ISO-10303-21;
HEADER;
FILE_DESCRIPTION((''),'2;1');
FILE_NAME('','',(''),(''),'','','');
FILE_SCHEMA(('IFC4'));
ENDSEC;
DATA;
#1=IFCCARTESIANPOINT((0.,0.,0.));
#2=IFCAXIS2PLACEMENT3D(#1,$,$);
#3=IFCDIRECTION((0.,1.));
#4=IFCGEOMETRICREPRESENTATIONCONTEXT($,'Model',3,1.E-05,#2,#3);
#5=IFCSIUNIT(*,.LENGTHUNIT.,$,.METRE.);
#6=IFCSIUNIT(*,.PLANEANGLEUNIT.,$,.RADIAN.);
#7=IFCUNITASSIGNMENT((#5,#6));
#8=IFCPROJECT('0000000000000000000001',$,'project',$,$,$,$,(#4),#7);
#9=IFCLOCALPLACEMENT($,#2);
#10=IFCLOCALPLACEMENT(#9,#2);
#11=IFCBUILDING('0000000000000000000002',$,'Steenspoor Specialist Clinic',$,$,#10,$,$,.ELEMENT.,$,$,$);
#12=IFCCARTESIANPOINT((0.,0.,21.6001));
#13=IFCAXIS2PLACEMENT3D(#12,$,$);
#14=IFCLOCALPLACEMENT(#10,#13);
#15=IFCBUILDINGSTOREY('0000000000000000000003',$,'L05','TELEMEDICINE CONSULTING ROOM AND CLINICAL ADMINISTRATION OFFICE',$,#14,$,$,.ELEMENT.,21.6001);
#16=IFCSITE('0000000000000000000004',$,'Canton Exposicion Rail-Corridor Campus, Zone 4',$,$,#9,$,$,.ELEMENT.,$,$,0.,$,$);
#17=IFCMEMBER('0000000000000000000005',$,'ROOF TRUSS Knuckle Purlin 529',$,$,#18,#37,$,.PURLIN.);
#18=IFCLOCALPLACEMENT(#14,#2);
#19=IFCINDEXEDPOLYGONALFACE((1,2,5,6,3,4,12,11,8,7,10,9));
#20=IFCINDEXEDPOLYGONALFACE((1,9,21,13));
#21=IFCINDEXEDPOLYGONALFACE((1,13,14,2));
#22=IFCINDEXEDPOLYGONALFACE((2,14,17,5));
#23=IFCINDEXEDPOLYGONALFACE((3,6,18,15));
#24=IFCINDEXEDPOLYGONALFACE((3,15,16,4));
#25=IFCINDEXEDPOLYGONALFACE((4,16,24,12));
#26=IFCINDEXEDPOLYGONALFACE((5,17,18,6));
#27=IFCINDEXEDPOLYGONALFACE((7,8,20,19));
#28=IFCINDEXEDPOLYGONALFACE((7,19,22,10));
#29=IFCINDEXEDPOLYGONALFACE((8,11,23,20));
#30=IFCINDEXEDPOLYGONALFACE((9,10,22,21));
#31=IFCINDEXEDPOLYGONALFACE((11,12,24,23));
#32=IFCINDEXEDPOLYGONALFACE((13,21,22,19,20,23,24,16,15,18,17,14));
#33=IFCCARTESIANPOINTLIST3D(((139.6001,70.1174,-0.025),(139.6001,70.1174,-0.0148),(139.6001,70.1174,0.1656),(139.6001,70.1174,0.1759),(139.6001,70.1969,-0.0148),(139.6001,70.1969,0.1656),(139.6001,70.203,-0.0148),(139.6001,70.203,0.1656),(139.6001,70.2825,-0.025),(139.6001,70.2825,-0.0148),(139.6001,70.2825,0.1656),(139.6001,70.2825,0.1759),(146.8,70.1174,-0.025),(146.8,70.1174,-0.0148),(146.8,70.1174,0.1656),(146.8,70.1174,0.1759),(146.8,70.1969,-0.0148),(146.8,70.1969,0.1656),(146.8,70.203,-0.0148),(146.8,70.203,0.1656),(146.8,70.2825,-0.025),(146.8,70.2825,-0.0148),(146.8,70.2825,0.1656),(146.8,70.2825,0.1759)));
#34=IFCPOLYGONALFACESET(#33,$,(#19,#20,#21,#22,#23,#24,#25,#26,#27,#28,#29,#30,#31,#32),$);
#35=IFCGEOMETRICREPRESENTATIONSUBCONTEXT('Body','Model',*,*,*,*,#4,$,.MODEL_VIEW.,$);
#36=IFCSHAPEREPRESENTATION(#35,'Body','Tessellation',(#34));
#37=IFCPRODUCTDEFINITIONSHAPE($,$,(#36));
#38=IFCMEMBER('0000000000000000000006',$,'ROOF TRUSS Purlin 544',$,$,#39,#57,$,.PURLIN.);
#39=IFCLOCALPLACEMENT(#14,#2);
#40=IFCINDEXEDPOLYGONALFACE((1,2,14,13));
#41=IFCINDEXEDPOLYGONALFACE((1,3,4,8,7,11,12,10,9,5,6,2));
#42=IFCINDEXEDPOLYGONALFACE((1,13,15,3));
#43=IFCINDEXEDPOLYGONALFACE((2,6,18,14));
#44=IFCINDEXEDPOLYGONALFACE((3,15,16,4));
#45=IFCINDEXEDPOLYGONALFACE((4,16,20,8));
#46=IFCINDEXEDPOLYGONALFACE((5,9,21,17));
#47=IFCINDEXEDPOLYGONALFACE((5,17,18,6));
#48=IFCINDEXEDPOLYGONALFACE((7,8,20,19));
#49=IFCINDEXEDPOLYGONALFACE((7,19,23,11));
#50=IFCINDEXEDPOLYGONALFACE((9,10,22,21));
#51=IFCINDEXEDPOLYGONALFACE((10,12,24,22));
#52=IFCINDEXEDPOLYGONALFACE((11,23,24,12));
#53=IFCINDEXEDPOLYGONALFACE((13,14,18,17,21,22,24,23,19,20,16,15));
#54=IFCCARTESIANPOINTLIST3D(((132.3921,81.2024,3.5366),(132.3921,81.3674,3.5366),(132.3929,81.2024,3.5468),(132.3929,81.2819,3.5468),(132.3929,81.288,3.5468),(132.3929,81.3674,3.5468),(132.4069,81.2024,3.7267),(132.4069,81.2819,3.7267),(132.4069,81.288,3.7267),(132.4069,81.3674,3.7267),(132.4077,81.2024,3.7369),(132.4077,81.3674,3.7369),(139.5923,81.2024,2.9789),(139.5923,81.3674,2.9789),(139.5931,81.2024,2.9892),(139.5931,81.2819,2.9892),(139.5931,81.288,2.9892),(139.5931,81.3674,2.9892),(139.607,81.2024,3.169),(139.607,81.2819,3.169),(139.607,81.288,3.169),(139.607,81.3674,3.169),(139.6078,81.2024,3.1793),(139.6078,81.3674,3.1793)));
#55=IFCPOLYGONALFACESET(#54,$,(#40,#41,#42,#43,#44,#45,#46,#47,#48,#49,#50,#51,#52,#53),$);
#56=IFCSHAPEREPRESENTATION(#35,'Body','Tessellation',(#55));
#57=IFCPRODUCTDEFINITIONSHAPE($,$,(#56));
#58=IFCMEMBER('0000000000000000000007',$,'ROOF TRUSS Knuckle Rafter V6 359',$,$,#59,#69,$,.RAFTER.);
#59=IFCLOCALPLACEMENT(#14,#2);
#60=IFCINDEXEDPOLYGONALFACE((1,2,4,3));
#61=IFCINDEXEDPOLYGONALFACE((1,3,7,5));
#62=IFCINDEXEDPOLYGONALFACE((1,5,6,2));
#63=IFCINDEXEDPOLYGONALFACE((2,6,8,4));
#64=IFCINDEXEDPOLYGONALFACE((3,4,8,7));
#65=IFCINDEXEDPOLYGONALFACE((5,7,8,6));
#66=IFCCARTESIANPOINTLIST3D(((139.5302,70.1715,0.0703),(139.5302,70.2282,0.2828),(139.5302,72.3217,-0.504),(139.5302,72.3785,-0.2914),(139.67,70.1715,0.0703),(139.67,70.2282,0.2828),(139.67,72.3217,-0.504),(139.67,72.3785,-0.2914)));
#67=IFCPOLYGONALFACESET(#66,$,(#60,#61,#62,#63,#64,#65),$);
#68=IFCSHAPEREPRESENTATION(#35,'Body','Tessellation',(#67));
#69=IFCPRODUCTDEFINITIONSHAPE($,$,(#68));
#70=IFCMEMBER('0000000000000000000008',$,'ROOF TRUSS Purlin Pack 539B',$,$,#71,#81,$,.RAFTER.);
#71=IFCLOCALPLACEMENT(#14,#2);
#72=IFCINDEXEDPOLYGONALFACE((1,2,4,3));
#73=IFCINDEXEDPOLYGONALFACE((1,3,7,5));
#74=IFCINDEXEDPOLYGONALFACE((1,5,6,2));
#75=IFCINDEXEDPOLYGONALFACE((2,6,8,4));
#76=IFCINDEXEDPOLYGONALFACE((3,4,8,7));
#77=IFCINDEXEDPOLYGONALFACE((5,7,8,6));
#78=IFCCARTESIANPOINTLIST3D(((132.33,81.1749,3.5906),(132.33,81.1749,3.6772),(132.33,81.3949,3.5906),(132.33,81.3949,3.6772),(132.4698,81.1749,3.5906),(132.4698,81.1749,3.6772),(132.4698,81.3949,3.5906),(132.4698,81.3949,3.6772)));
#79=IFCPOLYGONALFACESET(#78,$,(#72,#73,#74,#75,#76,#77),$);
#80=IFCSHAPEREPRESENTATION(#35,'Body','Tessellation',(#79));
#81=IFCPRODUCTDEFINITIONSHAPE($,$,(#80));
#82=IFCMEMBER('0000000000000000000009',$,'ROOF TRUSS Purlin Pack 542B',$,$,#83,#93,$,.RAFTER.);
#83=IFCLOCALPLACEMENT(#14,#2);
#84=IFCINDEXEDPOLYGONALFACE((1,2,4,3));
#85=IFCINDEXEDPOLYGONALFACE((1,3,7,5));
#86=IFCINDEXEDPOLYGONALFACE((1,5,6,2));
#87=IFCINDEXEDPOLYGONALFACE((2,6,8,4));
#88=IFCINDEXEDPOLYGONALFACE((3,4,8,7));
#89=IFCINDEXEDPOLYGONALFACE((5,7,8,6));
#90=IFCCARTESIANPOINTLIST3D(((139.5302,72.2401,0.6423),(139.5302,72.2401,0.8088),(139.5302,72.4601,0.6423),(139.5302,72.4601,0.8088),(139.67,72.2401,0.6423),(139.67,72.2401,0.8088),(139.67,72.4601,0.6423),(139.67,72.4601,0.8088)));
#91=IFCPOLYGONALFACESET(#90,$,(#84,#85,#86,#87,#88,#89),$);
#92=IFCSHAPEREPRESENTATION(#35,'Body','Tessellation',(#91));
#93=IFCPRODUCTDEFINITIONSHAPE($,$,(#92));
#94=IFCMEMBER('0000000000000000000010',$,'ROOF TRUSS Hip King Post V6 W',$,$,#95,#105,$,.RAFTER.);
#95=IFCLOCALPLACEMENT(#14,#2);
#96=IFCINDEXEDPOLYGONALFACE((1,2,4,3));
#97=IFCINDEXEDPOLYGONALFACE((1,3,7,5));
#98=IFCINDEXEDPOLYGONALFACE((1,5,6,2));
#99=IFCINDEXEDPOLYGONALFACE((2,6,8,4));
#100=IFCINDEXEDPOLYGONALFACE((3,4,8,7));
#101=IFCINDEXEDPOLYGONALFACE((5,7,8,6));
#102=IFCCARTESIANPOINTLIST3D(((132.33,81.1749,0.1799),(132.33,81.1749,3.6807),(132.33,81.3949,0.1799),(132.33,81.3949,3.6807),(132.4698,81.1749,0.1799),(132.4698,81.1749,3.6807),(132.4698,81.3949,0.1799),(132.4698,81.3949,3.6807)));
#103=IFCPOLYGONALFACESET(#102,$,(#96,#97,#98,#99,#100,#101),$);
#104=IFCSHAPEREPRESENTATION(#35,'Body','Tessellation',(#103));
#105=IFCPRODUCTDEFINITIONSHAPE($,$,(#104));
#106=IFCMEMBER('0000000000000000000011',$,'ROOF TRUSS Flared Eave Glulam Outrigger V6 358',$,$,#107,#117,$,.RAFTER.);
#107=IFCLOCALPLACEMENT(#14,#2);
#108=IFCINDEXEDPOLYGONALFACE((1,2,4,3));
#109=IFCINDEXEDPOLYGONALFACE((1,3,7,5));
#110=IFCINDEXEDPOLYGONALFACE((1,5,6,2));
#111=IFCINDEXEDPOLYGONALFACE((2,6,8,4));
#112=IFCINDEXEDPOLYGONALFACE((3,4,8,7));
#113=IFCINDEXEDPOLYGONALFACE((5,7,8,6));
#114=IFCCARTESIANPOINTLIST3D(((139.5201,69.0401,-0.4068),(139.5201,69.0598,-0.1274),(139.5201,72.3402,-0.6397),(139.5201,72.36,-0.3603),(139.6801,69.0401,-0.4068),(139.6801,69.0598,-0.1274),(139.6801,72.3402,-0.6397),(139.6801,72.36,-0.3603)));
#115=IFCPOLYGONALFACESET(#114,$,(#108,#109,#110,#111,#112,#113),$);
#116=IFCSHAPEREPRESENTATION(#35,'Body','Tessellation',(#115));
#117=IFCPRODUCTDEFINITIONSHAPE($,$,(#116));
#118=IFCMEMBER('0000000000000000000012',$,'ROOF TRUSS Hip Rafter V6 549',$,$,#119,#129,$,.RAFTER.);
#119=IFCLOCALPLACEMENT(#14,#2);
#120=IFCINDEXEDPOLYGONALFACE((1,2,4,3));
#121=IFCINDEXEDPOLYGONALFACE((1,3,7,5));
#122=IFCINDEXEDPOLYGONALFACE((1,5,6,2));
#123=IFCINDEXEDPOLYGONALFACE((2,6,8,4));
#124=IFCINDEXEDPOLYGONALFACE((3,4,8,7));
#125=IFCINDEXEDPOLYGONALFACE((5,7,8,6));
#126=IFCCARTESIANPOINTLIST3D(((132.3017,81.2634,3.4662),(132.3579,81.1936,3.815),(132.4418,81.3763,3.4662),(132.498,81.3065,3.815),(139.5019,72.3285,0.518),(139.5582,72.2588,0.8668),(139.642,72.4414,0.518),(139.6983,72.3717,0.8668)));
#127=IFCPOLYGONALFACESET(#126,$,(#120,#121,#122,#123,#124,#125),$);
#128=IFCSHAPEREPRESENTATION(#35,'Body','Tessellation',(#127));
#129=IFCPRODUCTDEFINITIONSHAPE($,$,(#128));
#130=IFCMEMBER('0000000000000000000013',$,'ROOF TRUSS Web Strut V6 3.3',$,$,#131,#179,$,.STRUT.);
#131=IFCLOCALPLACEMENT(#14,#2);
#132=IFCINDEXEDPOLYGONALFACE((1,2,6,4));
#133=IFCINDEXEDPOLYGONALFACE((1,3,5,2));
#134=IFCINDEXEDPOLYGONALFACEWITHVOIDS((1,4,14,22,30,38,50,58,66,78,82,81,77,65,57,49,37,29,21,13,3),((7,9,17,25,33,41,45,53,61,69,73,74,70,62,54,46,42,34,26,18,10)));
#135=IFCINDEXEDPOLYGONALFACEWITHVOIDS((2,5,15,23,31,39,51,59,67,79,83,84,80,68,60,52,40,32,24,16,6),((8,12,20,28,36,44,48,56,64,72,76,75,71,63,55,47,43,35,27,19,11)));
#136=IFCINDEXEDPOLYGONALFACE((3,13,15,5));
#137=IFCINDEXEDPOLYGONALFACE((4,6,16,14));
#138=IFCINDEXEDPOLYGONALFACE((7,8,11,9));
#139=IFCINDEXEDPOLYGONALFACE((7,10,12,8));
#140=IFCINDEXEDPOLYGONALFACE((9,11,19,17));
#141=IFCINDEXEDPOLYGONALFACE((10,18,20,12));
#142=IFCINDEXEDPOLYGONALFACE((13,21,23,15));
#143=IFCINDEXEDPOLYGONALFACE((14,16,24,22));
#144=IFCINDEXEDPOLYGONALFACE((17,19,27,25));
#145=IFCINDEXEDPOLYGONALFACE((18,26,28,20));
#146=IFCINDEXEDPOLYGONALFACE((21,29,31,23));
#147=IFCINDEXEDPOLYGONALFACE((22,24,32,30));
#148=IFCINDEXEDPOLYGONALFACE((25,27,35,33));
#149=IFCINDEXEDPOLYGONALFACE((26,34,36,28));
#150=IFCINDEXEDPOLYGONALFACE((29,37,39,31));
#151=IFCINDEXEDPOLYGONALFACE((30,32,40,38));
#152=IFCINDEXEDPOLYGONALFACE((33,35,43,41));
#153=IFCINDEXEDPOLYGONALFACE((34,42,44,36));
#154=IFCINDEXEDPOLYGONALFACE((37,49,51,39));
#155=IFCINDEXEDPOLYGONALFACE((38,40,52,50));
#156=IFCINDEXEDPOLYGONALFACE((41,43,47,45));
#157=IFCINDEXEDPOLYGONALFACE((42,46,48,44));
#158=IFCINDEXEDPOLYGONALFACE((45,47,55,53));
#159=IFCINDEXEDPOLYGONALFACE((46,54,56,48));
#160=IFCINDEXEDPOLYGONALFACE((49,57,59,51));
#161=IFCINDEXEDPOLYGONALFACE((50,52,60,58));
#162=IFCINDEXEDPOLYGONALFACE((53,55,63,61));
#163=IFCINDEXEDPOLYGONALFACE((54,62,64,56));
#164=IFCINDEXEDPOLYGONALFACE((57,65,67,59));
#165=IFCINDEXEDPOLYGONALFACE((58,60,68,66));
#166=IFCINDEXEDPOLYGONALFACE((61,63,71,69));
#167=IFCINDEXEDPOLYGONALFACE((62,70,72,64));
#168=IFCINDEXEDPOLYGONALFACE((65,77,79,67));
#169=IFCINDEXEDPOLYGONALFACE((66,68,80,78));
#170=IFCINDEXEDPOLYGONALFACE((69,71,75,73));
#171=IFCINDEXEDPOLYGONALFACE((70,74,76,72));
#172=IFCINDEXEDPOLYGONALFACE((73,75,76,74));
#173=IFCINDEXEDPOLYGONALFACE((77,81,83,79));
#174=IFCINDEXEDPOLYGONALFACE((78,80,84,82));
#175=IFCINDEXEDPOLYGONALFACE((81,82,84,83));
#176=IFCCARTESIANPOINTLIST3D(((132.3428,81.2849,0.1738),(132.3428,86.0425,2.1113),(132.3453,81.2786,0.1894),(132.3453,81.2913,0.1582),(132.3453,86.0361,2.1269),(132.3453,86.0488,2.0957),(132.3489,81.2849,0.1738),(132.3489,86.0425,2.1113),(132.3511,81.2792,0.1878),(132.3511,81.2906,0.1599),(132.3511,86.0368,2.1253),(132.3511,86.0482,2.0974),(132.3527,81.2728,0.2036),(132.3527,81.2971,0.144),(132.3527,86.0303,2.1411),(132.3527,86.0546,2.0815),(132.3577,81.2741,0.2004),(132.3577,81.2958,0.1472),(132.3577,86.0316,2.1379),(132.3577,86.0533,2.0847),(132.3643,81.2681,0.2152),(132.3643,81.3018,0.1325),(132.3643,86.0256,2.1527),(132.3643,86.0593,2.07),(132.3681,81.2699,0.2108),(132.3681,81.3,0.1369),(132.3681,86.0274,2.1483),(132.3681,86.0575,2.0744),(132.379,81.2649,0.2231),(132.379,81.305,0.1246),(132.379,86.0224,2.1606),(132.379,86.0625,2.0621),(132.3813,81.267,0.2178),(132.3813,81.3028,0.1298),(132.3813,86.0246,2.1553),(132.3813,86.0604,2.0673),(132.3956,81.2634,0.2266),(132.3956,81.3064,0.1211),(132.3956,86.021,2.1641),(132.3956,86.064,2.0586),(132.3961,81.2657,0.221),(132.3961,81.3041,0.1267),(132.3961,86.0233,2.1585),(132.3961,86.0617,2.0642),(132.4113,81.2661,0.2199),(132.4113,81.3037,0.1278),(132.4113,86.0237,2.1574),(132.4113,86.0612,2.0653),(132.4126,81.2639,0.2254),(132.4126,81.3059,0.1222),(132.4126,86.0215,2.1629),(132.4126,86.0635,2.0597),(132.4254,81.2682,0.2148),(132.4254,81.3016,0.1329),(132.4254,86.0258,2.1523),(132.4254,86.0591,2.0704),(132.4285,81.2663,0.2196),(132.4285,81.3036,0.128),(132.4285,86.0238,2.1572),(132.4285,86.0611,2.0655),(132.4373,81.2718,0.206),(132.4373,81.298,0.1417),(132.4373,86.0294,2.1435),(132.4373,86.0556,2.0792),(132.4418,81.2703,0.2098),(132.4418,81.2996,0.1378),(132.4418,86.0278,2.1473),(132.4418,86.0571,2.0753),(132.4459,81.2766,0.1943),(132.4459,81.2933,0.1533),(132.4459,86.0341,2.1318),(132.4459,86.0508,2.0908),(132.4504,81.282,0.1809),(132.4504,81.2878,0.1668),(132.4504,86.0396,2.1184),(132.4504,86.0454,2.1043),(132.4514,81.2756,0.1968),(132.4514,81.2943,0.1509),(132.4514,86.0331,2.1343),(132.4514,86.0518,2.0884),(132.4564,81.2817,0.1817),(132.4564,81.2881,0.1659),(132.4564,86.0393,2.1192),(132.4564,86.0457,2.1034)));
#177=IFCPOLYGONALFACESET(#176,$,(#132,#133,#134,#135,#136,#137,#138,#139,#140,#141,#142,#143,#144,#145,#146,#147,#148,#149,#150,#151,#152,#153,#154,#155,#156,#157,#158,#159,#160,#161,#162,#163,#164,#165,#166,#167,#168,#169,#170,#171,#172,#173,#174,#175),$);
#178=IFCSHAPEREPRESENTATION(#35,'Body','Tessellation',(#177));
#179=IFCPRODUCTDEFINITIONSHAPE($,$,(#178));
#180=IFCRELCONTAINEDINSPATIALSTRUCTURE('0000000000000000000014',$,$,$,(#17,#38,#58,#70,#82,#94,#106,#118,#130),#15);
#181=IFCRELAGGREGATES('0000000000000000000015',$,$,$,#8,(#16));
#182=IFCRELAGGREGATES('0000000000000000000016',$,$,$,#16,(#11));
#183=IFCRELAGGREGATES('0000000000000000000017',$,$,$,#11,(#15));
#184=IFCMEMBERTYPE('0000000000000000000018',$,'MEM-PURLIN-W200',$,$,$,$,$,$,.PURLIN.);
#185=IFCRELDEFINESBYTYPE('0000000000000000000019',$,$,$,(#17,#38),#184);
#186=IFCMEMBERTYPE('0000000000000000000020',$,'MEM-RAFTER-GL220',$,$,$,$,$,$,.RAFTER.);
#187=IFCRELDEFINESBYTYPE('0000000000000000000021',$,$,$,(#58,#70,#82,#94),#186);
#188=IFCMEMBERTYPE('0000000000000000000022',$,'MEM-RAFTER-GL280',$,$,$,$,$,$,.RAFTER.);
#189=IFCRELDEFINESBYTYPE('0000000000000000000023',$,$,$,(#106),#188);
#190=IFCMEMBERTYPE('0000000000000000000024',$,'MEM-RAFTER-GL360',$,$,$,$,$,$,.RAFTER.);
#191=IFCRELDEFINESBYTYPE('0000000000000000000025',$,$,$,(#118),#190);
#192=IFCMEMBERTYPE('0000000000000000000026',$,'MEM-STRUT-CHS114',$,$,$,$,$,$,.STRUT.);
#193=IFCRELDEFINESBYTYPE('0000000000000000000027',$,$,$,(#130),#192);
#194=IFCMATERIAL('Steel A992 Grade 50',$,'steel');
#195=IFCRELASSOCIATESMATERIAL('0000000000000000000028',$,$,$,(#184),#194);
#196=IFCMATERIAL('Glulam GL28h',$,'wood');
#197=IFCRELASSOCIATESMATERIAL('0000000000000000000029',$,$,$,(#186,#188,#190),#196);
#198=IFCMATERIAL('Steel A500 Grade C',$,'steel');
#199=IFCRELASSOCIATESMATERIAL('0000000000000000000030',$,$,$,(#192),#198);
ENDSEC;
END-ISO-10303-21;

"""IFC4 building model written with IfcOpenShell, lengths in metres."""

from ifc_helpers import new_model, si_unit, direction, frame, origin, origin_2d, place, context, subcontext, project, spatial, rectangle, hollow_circle, i_section, extrude, material, material_profile, profile_set, type_object, element, save


model = new_model("IFC4")

# Units and contexts
model_context = context("Model", 3, precision=1e-05, world=origin(), true_north=direction((0.0, 1.0)))
body_context = subcontext(model_context, "Body", "Model", "MODEL_VIEW")
ifc_project = project(units=[si_unit("LENGTHUNIT", "METRE"), si_unit("PLANEANGLEUNIT", "RADIAN")], contexts=[model_context])

# Site, building, storey
site_placement = place(None, origin())
site = spatial("IfcSite", under=ifc_project, at=site_placement, Name="Canton Exposicion Rail-Corridor Campus, Zone 4", CompositionType="ELEMENT", RefElevation=0.0)
building_placement = place(site_placement, origin())
building = spatial("IfcBuilding", under=site, at=building_placement, Name="Steenspoor Specialist Clinic", CompositionType="ELEMENT")
storey_placement = place(building_placement, frame((0.0, 0.0, 21.6001)))
storey = spatial("IfcBuildingStorey", under=building, at=storey_placement, Name="L05", Description="TELEMEDICINE CONSULTING ROOM AND CLINICAL ADMINISTRATION OFFICE", CompositionType="ELEMENT", Elevation=21.6001)

# Shared definitions
ifc_material_1 = material(Name="Steel A992 Grade 50", Category="steel")

# Members
ifc_material_2 = material(Name="Steel A500 Grade C", Category="steel")
ifc_material_profile_1 = material_profile(ifc_material_1, i_section(OverallWidth=0.165, OverallDepth=0.2009, WebThickness=0.0061, FlangeThickness=0.0103, at=origin_2d()), Name="W200X36")
ifc_profile_set_1 = profile_set([ifc_material_profile_1], Name="Steel A992 Grade 50")
member_type_1 = type_object("IfcMemberType", Name="MEM-PURLIN-W200", PredefinedType="PURLIN", material=ifc_profile_set_1)
member_1_placement = place(storey_placement, frame((139.6001, 70.2, 0.0754), z_axis=(1.0, 0.0, 0.0), x_axis=(0.0, 1.0, 0.0)))
element("IfcMember", 1, at=member_1_placement, inside=storey, type_object=member_type_1, Name="ROOF TRUSS Knuckle Purlin 529", PredefinedType="PURLIN", context=body_context, shape_type="SweptSolid", body=[
    extrude(i_section(OverallWidth=0.165, OverallDepth=0.2009, WebThickness=0.0061, FlangeThickness=0.0103, at=origin_2d()), origin(), (0.0, 0.0, 1.0), 7.2),
])
member_2_placement = place(storey_placement, frame((132.3999, 81.2849, 3.6367), z_axis=(0.997015, 0.0, -0.077214), x_axis=(0.0, 1.0, 0.0)))
element("IfcMember", 2, at=member_2_placement, inside=storey, type_object=member_type_1, Name="ROOF TRUSS Purlin 544", PredefinedType="PURLIN", context=body_context, shape_type="SweptSolid", body=[
    extrude(i_section(OverallWidth=0.165, OverallDepth=0.2009, WebThickness=0.0061, FlangeThickness=0.0103, at=origin_2d()), origin(), (0.0, 0.0, 1.0), 7.2217),
])
ifc_material_3 = material(Name="Glulam GL28h", Category="wood")
ifc_material_profile_2 = material_profile(ifc_material_3, rectangle(XDim=0.1399, YDim=0.22, at=origin_2d()), Name="GL28H-140X220")
ifc_profile_set_2 = profile_set([ifc_material_profile_2], Name="Glulam GL28h")
member_type_2 = type_object("IfcMemberType", Name="MEM-RAFTER-GL220", PredefinedType="RAFTER", material=ifc_profile_set_2)
member_3_placement = place(storey_placement, frame((139.6001, 72.3501, -0.3977), z_axis=(0.0, -0.96614, 0.258018), x_axis=(1.0, 0.0, 0.0)))
element("IfcMember", 3, at=member_3_placement, inside=storey, type_object=member_type_2, Name="ROOF TRUSS Knuckle Rafter V6 359", PredefinedType="RAFTER", context=body_context, shape_type="SweptSolid", body=[
    extrude(rectangle(XDim=0.1399, YDim=0.22, at=origin_2d()), origin(), (0.0, 0.0, 1.0), 2.2256),
])
member_4_placement = place(storey_placement, frame((132.3999, 81.2849, 3.5906), z_axis=(0.0, 0.0, 1.0), x_axis=(1.0, 0.0, 0.0)))
element("IfcMember", 4, at=member_4_placement, inside=storey, type_object=member_type_2, Name="ROOF TRUSS Purlin Pack 539B", PredefinedType="RAFTER", context=body_context, shape_type="SweptSolid", body=[
    extrude(rectangle(XDim=0.1399, YDim=0.22, at=origin_2d()), origin(), (0.0, 0.0, 1.0), 0.0867),
])
member_5_placement = place(storey_placement, frame((139.6001, 72.3501, 0.6423), z_axis=(0.0, 0.0, 1.0), x_axis=(1.0, 0.0, 0.0)))
element("IfcMember", 5, at=member_5_placement, inside=storey, type_object=member_type_2, Name="ROOF TRUSS Purlin Pack 542B", PredefinedType="RAFTER", context=body_context, shape_type="SweptSolid", body=[
    extrude(rectangle(XDim=0.1399, YDim=0.22, at=origin_2d()), origin(), (0.0, 0.0, 1.0), 0.1665),
])
member_6_placement = place(storey_placement, frame((132.3999, 81.2849, 0.1799), z_axis=(0.0, 0.0, 1.0), x_axis=(1.0, 0.0, 0.0)))
element("IfcMember", 6, at=member_6_placement, inside=storey, type_object=member_type_2, Name="ROOF TRUSS Hip King Post V6 W", PredefinedType="RAFTER", context=body_context, shape_type="SweptSolid", body=[
    extrude(rectangle(XDim=0.1399, YDim=0.22, at=origin_2d()), origin(), (0.0, 0.0, 1.0), 3.5007),
])
ifc_material_profile_3 = material_profile(ifc_material_3, rectangle(XDim=0.1599, YDim=0.28, at=origin_2d()), Name="GL28H-160X280")
ifc_profile_set_3 = profile_set([ifc_material_profile_3], Name="Glulam GL28h")
member_type_3 = type_object("IfcMemberType", Name="MEM-RAFTER-GL280", PredefinedType="RAFTER", material=ifc_profile_set_3)
member_7_placement = place(storey_placement, frame((139.6001, 72.3501, -0.5), z_axis=(0.0, -0.997519, 0.070403), x_axis=(1.0, 0.0, 0.0)))
element("IfcMember", 7, at=member_7_placement, inside=storey, type_object=member_type_3, Name="ROOF TRUSS Flared Eave Glulam Outrigger V6 358", PredefinedType="RAFTER", context=body_context, shape_type="SweptSolid", body=[
    extrude(rectangle(XDim=0.1599, YDim=0.28, at=origin_2d()), origin(), (0.0, 0.0, 1.0), 3.3083),
])
ifc_material_profile_4 = material_profile(ifc_material_3, rectangle(XDim=0.1799, YDim=0.3601, at=origin_2d()), Name="GL28H-180X360")
ifc_profile_set_4 = profile_set([ifc_material_profile_4], Name="Glulam GL28h")
member_type_4 = type_object("IfcMemberType", Name="MEM-RAFTER-GL360", PredefinedType="RAFTER", material=ifc_profile_set_4)
member_8_placement = place(storey_placement, frame((139.6001, 72.3501, 0.6924), z_axis=(-0.607734, 0.754145, 0.248847), x_axis=(-0.778639, -0.627473, 0.0)))
element("IfcMember", 8, at=member_8_placement, inside=storey, type_object=member_type_4, Name="ROOF TRUSS Hip Rafter V6 549", PredefinedType="RAFTER", context=body_context, shape_type="SweptSolid", body=[
    extrude(rectangle(XDim=0.1799, YDim=0.3601, at=origin_2d()), origin(), (0.0, 0.0, 1.0), 11.8477),
])
ifc_material_profile_5 = material_profile(ifc_material_2, hollow_circle(Radius=0.0571, WallThickness=0.0061, at=origin_2d()), Name="CHS114X6.0")
ifc_profile_set_5 = profile_set([ifc_material_profile_5], Name="Steel A500 Grade C")
member_type_5 = type_object("IfcMemberType", Name="MEM-STRUT-CHS114", PredefinedType="STRUT", material=ifc_profile_set_5)
member_9_placement = place(storey_placement, frame((132.3999, 81.2849, 0.1738), z_axis=(0.0, 0.926145, 0.377169), x_axis=(-1.0, 0.0, 0.0)))
element("IfcMember", 9, at=member_9_placement, inside=storey, type_object=member_type_5, Name="ROOF TRUSS Web Strut V6 3.3", PredefinedType="STRUT", context=body_context, shape_type="SweptSolid", body=[
    extrude(hollow_circle(Radius=0.0571, WallThickness=0.0061, at=origin_2d()), origin(), (0.0, 0.0, 1.0), 5.137),
])

save(model, "model.ifc")
